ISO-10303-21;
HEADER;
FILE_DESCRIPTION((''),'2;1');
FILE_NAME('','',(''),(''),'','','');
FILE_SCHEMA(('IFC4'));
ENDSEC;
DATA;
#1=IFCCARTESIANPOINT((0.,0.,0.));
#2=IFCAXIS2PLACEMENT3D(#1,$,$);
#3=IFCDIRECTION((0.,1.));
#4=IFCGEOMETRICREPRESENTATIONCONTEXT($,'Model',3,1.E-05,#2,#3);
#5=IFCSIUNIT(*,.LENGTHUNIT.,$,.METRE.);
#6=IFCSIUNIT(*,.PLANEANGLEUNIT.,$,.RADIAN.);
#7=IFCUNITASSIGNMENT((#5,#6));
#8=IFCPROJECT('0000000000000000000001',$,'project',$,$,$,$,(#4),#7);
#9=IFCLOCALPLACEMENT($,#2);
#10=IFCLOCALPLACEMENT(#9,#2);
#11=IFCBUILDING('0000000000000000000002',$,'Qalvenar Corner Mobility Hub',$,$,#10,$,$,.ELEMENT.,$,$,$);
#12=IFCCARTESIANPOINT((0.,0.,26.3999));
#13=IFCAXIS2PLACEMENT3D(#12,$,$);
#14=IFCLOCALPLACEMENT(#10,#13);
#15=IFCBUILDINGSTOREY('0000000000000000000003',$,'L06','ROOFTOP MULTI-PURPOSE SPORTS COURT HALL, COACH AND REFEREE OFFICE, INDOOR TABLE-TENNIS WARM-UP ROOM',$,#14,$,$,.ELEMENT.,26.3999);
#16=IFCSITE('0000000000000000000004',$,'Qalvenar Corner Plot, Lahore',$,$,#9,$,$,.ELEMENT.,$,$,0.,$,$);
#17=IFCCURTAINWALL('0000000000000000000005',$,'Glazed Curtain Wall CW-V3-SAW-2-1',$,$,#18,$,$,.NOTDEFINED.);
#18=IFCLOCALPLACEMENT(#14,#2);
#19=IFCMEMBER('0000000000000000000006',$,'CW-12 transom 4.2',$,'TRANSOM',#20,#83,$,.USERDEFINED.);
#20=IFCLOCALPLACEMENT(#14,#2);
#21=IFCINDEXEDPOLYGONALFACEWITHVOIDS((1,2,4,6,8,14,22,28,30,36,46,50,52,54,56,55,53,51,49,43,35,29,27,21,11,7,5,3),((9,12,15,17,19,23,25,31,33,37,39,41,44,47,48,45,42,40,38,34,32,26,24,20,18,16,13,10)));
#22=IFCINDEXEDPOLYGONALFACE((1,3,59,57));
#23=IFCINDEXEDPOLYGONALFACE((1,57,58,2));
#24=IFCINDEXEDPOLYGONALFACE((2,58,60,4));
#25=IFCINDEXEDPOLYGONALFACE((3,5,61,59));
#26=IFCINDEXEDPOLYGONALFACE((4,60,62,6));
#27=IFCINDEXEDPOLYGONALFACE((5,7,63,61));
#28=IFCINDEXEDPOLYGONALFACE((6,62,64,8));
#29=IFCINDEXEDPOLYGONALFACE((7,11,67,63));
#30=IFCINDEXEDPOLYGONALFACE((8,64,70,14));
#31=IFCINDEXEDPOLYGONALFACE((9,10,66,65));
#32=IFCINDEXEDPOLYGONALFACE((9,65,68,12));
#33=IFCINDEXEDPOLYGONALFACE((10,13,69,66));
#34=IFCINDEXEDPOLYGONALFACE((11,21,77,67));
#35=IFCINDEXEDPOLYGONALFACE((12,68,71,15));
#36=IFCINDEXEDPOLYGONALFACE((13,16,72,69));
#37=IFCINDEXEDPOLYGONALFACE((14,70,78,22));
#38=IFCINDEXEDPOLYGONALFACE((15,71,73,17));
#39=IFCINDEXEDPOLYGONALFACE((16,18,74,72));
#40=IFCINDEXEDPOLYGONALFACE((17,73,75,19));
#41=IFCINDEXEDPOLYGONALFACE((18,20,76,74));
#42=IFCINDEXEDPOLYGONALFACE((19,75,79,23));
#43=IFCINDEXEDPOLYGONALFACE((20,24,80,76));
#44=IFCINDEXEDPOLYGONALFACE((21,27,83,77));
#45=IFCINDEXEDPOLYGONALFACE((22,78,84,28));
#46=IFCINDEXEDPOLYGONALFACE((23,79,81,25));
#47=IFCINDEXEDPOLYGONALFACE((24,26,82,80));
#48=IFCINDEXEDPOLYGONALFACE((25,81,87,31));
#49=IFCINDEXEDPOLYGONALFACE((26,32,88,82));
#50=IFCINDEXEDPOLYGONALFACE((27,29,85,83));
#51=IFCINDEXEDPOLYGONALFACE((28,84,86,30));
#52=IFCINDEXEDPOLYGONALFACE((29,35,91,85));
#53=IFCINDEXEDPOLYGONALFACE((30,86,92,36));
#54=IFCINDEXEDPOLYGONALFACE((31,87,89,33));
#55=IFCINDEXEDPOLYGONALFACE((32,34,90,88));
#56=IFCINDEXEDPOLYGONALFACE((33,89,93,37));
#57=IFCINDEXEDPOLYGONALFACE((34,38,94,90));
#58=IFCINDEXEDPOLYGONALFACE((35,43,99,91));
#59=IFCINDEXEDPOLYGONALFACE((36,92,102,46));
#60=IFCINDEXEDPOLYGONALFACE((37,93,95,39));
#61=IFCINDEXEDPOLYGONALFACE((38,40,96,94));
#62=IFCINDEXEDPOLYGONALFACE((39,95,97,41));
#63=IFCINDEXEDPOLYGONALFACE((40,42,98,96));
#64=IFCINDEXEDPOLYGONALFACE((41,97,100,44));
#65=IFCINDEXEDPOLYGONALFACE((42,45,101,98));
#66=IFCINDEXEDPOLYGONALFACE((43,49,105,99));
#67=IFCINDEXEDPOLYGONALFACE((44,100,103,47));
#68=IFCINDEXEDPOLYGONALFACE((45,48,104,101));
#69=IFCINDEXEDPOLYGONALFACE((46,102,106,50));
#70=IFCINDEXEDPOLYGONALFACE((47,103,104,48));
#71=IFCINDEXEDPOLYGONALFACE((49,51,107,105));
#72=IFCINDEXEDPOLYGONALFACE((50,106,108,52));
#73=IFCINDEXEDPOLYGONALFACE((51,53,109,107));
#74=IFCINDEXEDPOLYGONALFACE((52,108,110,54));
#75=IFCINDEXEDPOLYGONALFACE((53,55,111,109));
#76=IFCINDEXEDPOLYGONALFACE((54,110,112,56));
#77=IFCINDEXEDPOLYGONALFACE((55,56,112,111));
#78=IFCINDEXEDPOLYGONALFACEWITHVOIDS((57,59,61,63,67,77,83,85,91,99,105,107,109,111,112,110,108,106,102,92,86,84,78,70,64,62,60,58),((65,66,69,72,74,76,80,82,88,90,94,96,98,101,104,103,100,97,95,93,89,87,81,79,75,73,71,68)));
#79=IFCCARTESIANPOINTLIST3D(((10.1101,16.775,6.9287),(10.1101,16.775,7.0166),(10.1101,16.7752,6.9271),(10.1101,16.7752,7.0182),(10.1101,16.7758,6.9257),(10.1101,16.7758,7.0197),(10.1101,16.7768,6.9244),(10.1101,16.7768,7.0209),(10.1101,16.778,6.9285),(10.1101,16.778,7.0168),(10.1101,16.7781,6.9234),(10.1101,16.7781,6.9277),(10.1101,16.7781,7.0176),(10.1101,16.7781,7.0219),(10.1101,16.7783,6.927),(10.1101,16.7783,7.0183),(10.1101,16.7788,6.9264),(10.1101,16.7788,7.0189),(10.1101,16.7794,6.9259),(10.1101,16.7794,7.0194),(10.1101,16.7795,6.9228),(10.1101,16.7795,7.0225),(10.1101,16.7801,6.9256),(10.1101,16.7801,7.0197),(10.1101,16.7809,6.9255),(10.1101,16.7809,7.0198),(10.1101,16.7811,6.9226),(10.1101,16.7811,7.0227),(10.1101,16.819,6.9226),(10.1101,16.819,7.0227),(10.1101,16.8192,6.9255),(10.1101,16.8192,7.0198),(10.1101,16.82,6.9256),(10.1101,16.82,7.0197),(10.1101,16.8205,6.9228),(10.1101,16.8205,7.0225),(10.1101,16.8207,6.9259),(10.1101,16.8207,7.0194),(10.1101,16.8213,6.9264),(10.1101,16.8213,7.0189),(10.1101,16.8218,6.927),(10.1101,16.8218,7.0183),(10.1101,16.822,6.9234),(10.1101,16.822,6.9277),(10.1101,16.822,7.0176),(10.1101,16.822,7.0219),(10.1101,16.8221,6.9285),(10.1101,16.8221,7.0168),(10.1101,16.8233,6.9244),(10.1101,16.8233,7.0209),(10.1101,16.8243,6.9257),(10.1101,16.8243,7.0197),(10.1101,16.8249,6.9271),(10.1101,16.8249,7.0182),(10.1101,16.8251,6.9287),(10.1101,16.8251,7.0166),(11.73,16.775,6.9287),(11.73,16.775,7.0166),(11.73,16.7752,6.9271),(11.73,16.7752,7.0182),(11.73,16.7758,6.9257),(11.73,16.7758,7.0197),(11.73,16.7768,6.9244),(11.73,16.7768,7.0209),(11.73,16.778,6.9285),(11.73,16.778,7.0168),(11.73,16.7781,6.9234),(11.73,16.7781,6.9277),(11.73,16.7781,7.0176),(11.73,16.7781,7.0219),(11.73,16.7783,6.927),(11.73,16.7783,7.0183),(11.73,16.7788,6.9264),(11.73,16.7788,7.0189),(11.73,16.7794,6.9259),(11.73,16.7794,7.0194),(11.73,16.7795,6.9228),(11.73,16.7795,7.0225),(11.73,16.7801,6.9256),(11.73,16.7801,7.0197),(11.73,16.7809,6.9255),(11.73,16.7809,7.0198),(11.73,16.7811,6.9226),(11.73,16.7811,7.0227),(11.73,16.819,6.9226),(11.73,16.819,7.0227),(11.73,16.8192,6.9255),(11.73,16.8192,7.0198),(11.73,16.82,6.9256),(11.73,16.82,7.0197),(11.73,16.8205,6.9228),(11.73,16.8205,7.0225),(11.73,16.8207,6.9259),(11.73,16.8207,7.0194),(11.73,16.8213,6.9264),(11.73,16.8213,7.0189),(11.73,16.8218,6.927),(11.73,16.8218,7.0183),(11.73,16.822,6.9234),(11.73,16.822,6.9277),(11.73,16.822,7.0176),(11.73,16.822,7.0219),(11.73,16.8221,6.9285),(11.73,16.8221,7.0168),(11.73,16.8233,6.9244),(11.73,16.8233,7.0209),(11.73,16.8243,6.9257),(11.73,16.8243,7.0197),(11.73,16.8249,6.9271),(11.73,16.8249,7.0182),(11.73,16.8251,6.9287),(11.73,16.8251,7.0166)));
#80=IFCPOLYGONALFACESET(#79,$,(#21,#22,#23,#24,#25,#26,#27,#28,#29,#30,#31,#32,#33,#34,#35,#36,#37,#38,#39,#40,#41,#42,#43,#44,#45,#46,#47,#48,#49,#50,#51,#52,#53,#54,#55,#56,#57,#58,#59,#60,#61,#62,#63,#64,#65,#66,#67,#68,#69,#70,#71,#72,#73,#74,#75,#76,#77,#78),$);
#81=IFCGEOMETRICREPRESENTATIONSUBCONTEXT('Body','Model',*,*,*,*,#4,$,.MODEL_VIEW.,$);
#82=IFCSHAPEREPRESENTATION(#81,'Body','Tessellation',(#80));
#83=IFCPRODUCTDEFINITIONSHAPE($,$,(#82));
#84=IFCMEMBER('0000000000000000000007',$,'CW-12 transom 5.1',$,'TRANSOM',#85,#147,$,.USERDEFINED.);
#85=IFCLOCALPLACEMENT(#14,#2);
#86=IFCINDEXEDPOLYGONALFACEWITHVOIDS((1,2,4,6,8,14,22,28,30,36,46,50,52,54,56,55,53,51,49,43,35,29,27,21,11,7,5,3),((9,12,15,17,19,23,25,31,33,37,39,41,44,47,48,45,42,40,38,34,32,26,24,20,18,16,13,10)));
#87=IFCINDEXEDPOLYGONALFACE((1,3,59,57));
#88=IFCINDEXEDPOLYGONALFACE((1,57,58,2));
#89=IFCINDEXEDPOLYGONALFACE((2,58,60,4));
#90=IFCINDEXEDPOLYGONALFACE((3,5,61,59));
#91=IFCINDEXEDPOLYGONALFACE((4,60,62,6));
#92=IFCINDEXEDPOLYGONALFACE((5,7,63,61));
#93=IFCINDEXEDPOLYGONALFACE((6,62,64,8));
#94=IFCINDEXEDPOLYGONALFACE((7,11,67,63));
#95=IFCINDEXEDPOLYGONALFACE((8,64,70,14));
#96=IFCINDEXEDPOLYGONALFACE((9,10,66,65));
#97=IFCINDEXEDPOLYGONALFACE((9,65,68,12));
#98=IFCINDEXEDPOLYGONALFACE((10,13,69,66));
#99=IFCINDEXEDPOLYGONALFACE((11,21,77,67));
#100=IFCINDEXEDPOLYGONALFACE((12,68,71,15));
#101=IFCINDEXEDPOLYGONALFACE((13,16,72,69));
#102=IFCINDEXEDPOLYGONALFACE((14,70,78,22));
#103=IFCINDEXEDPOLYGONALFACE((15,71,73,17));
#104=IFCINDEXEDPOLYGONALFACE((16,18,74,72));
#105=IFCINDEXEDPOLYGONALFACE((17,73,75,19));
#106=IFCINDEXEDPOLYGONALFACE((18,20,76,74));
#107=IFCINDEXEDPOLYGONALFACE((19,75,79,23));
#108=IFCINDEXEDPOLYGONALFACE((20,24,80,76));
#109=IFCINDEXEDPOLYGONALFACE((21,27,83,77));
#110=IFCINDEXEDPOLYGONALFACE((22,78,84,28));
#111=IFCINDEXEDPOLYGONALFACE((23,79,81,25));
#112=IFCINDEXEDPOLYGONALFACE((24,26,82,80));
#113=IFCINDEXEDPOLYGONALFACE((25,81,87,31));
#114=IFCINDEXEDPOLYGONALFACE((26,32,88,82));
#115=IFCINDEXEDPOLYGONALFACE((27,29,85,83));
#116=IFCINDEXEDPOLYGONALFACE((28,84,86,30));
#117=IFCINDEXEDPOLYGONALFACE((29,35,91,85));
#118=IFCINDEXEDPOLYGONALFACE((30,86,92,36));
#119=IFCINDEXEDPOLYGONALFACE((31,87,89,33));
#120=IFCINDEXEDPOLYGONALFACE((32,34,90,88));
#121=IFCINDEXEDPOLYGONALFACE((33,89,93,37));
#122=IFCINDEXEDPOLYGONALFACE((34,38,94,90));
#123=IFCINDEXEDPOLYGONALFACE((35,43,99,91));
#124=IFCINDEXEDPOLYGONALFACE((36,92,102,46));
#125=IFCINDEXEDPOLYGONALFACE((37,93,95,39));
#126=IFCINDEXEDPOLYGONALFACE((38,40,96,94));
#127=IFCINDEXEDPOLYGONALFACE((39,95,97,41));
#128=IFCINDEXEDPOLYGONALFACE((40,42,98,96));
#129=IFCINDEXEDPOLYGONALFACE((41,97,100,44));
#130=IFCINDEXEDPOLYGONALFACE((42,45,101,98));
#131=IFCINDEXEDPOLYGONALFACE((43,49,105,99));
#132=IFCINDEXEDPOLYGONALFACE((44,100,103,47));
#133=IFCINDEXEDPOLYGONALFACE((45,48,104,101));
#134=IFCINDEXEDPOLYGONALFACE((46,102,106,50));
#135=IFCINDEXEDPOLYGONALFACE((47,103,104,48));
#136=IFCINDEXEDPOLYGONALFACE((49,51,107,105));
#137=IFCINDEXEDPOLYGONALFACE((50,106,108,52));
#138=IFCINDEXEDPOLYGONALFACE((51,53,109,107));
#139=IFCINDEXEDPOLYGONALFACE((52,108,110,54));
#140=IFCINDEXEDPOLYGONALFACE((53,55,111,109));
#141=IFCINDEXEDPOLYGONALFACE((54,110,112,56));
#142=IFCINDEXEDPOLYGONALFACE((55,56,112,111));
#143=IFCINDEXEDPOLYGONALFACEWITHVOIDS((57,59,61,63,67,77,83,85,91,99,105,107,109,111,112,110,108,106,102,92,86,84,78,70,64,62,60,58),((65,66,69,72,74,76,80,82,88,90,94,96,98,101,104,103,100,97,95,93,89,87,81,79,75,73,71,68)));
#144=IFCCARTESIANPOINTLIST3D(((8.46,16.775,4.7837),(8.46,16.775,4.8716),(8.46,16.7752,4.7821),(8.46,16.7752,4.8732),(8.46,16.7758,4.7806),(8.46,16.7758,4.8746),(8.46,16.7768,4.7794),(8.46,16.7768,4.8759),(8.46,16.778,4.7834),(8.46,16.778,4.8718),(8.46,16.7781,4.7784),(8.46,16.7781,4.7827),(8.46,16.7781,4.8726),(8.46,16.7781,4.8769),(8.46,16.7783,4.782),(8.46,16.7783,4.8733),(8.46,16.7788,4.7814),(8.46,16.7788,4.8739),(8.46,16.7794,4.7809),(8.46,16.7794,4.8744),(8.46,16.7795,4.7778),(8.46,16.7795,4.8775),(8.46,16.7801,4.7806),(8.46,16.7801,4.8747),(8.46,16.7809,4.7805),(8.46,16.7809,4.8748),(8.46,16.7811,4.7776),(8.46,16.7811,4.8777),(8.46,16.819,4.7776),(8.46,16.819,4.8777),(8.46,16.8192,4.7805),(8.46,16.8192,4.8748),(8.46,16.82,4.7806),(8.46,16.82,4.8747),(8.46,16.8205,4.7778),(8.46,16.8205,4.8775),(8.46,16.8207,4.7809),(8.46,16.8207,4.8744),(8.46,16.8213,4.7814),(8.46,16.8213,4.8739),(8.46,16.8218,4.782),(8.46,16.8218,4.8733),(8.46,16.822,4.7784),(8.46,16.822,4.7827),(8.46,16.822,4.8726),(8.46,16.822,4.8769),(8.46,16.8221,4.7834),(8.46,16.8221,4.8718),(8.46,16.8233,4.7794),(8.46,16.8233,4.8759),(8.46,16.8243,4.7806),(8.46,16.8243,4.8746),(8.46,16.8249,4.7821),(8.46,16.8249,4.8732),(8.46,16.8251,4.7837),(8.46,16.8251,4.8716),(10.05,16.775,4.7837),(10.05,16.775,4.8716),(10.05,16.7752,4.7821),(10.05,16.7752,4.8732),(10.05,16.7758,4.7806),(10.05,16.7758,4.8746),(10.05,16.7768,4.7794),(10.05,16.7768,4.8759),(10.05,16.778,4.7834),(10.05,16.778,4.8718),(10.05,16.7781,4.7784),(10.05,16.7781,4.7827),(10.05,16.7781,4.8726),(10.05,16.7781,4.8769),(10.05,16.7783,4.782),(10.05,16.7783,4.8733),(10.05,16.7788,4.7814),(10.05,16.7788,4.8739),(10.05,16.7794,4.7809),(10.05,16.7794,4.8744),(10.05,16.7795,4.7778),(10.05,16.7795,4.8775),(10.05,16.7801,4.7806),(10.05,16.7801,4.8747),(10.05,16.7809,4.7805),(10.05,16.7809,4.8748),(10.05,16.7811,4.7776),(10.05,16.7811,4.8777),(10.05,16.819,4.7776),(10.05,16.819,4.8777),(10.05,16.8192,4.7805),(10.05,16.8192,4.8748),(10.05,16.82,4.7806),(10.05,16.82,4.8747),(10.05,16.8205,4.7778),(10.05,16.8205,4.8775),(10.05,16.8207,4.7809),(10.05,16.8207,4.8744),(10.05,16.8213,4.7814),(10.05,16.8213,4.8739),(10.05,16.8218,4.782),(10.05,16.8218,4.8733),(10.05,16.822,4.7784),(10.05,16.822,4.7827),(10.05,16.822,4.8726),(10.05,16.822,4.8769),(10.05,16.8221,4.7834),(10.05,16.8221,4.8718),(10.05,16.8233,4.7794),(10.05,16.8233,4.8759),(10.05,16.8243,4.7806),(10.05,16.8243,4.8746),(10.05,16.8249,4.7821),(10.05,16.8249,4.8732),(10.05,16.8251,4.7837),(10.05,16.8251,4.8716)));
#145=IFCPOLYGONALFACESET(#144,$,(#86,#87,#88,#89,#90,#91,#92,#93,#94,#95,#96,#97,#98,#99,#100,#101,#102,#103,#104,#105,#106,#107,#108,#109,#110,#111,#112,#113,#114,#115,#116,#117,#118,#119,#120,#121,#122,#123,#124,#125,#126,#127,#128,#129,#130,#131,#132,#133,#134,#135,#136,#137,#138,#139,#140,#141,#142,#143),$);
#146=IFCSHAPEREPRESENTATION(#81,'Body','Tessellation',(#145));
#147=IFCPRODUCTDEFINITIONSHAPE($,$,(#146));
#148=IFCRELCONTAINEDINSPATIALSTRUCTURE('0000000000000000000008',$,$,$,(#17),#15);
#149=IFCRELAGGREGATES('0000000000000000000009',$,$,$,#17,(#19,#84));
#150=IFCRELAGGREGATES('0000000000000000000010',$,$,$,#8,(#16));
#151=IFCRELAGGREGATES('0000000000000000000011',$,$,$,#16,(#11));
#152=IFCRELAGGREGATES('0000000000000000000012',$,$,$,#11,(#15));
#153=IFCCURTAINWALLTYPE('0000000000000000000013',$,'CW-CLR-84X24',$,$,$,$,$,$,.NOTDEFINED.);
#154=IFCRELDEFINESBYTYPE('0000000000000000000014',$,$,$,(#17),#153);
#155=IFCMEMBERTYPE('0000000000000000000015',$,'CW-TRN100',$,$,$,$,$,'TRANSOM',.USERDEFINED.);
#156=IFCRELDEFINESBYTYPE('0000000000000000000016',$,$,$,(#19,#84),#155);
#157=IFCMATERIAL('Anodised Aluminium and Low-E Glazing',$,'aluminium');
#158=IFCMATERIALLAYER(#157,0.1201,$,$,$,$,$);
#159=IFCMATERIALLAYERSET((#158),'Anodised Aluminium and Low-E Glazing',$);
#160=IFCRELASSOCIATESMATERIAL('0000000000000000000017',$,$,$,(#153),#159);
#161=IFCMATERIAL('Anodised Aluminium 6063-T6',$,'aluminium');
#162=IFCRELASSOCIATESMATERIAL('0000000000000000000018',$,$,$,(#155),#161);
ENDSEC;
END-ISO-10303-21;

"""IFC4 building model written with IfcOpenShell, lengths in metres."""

from ifc_helpers import new_model, si_unit, direction, frame, origin, origin_2d, place, context, subcontext, project, spatial, hollow_rectangle, extrude, material, layer, layer_set, material_profile, profile_set, type_object, element, aggregate, save


model = new_model("IFC4")

# Units and contexts
model_context = context("Model", 3, precision=1e-05, world=origin(), true_north=direction((0.0, 1.0)))
body_context = subcontext(model_context, "Body", "Model", "MODEL_VIEW")
ifc_project = project(units=[si_unit("LENGTHUNIT", "METRE"), si_unit("PLANEANGLEUNIT", "RADIAN")], contexts=[model_context])

# Site, building, storey
site_placement = place(None, origin())
site = spatial("IfcSite", under=ifc_project, at=site_placement, Name="Qalvenar Corner Plot, Lahore", CompositionType="ELEMENT", RefElevation=0.0)
building_placement = place(site_placement, origin())
building = spatial("IfcBuilding", under=site, at=building_placement, Name="Qalvenar Corner Mobility Hub", CompositionType="ELEMENT")
storey_placement = place(building_placement, frame((0.0, 0.0, 26.3999)))
storey = spatial("IfcBuildingStorey", under=building, at=storey_placement, Name="L06", Description="ROOFTOP MULTI-PURPOSE SPORTS COURT HALL, COACH AND REFEREE OFFICE, INDOOR TABLE-TENNIS WARM-UP ROOM", CompositionType="ELEMENT", Elevation=26.3999)

# Curtain wall
ifc_material_1 = material(Name="Anodised Aluminium and Low-E Glazing", Category="aluminium")
ifc_layer_1 = layer(ifc_material_1, 0.1201)
ifc_layer_set_1 = layer_set([ifc_layer_1], Name="Anodised Aluminium and Low-E Glazing")
curtain_wall_type = type_object("IfcCurtainWallType", Name="CW-CLR-84X24", PredefinedType="NOTDEFINED", material=ifc_layer_set_1)
ifc_material_2 = material(Name="Anodised Aluminium 6063-T6", Category="aluminium")
curtain_wall_1_placement = place(storey_placement, origin())
curtain_wall_1 = element("IfcCurtainWall", 1, at=curtain_wall_1_placement, inside=storey, type_object=curtain_wall_type, Name="Glazed Curtain Wall CW-V3-SAW-2-1", PredefinedType="NOTDEFINED")

# Members
ifc_material_profile_1 = material_profile(ifc_material_2, hollow_rectangle(XDim=0.05, YDim=0.1001, WallThickness=0.0029, InnerFilletRadius=0.0029, OuterFilletRadius=0.0061, at=origin_2d()), Name="RHS100x50x3")
ifc_profile_set_1 = profile_set([ifc_material_profile_1], Name="Anodised Aluminium 6063-T6")
member_type_1 = type_object("IfcMemberType", Name="CW-TRN100", ElementType="TRANSOM", PredefinedType="USERDEFINED", material=ifc_profile_set_1)
member_1_placement = place(storey_placement, frame((11.73, 16.8, 6.9727), z_axis=(-1.0, 0.0, 0.0), x_axis=(0.0, -1.0, 0.0)))
member_1 = element("IfcMember", 2, at=member_1_placement, type_object=member_type_1, Name="CW-12 transom 4.2", ObjectType="TRANSOM", PredefinedType="USERDEFINED", context=body_context, shape_type="SweptSolid", body=[
    extrude(hollow_rectangle(XDim=0.05, YDim=0.1001, WallThickness=0.0029, InnerFilletRadius=0.0029, OuterFilletRadius=0.0061, at=origin_2d()), origin(), (0.0, 0.0, 1.0), 1.6199),
])
member_2_placement = place(storey_placement, frame((10.05, 16.8, 4.8276), z_axis=(-1.0, 0.0, 0.0), x_axis=(0.0, -1.0, 0.0)))
member_2 = element("IfcMember", 3, at=member_2_placement, type_object=member_type_1, Name="CW-12 transom 5.1", ObjectType="TRANSOM", PredefinedType="USERDEFINED", context=body_context, shape_type="SweptSolid", body=[
    extrude(hollow_rectangle(XDim=0.05, YDim=0.1001, WallThickness=0.0029, InnerFilletRadius=0.0029, OuterFilletRadius=0.0061, at=origin_2d()), origin(), (0.0, 0.0, 1.0), 1.5901),
])

aggregate(curtain_wall_1, [member_1, member_2])

save(model, "model.ifc")
